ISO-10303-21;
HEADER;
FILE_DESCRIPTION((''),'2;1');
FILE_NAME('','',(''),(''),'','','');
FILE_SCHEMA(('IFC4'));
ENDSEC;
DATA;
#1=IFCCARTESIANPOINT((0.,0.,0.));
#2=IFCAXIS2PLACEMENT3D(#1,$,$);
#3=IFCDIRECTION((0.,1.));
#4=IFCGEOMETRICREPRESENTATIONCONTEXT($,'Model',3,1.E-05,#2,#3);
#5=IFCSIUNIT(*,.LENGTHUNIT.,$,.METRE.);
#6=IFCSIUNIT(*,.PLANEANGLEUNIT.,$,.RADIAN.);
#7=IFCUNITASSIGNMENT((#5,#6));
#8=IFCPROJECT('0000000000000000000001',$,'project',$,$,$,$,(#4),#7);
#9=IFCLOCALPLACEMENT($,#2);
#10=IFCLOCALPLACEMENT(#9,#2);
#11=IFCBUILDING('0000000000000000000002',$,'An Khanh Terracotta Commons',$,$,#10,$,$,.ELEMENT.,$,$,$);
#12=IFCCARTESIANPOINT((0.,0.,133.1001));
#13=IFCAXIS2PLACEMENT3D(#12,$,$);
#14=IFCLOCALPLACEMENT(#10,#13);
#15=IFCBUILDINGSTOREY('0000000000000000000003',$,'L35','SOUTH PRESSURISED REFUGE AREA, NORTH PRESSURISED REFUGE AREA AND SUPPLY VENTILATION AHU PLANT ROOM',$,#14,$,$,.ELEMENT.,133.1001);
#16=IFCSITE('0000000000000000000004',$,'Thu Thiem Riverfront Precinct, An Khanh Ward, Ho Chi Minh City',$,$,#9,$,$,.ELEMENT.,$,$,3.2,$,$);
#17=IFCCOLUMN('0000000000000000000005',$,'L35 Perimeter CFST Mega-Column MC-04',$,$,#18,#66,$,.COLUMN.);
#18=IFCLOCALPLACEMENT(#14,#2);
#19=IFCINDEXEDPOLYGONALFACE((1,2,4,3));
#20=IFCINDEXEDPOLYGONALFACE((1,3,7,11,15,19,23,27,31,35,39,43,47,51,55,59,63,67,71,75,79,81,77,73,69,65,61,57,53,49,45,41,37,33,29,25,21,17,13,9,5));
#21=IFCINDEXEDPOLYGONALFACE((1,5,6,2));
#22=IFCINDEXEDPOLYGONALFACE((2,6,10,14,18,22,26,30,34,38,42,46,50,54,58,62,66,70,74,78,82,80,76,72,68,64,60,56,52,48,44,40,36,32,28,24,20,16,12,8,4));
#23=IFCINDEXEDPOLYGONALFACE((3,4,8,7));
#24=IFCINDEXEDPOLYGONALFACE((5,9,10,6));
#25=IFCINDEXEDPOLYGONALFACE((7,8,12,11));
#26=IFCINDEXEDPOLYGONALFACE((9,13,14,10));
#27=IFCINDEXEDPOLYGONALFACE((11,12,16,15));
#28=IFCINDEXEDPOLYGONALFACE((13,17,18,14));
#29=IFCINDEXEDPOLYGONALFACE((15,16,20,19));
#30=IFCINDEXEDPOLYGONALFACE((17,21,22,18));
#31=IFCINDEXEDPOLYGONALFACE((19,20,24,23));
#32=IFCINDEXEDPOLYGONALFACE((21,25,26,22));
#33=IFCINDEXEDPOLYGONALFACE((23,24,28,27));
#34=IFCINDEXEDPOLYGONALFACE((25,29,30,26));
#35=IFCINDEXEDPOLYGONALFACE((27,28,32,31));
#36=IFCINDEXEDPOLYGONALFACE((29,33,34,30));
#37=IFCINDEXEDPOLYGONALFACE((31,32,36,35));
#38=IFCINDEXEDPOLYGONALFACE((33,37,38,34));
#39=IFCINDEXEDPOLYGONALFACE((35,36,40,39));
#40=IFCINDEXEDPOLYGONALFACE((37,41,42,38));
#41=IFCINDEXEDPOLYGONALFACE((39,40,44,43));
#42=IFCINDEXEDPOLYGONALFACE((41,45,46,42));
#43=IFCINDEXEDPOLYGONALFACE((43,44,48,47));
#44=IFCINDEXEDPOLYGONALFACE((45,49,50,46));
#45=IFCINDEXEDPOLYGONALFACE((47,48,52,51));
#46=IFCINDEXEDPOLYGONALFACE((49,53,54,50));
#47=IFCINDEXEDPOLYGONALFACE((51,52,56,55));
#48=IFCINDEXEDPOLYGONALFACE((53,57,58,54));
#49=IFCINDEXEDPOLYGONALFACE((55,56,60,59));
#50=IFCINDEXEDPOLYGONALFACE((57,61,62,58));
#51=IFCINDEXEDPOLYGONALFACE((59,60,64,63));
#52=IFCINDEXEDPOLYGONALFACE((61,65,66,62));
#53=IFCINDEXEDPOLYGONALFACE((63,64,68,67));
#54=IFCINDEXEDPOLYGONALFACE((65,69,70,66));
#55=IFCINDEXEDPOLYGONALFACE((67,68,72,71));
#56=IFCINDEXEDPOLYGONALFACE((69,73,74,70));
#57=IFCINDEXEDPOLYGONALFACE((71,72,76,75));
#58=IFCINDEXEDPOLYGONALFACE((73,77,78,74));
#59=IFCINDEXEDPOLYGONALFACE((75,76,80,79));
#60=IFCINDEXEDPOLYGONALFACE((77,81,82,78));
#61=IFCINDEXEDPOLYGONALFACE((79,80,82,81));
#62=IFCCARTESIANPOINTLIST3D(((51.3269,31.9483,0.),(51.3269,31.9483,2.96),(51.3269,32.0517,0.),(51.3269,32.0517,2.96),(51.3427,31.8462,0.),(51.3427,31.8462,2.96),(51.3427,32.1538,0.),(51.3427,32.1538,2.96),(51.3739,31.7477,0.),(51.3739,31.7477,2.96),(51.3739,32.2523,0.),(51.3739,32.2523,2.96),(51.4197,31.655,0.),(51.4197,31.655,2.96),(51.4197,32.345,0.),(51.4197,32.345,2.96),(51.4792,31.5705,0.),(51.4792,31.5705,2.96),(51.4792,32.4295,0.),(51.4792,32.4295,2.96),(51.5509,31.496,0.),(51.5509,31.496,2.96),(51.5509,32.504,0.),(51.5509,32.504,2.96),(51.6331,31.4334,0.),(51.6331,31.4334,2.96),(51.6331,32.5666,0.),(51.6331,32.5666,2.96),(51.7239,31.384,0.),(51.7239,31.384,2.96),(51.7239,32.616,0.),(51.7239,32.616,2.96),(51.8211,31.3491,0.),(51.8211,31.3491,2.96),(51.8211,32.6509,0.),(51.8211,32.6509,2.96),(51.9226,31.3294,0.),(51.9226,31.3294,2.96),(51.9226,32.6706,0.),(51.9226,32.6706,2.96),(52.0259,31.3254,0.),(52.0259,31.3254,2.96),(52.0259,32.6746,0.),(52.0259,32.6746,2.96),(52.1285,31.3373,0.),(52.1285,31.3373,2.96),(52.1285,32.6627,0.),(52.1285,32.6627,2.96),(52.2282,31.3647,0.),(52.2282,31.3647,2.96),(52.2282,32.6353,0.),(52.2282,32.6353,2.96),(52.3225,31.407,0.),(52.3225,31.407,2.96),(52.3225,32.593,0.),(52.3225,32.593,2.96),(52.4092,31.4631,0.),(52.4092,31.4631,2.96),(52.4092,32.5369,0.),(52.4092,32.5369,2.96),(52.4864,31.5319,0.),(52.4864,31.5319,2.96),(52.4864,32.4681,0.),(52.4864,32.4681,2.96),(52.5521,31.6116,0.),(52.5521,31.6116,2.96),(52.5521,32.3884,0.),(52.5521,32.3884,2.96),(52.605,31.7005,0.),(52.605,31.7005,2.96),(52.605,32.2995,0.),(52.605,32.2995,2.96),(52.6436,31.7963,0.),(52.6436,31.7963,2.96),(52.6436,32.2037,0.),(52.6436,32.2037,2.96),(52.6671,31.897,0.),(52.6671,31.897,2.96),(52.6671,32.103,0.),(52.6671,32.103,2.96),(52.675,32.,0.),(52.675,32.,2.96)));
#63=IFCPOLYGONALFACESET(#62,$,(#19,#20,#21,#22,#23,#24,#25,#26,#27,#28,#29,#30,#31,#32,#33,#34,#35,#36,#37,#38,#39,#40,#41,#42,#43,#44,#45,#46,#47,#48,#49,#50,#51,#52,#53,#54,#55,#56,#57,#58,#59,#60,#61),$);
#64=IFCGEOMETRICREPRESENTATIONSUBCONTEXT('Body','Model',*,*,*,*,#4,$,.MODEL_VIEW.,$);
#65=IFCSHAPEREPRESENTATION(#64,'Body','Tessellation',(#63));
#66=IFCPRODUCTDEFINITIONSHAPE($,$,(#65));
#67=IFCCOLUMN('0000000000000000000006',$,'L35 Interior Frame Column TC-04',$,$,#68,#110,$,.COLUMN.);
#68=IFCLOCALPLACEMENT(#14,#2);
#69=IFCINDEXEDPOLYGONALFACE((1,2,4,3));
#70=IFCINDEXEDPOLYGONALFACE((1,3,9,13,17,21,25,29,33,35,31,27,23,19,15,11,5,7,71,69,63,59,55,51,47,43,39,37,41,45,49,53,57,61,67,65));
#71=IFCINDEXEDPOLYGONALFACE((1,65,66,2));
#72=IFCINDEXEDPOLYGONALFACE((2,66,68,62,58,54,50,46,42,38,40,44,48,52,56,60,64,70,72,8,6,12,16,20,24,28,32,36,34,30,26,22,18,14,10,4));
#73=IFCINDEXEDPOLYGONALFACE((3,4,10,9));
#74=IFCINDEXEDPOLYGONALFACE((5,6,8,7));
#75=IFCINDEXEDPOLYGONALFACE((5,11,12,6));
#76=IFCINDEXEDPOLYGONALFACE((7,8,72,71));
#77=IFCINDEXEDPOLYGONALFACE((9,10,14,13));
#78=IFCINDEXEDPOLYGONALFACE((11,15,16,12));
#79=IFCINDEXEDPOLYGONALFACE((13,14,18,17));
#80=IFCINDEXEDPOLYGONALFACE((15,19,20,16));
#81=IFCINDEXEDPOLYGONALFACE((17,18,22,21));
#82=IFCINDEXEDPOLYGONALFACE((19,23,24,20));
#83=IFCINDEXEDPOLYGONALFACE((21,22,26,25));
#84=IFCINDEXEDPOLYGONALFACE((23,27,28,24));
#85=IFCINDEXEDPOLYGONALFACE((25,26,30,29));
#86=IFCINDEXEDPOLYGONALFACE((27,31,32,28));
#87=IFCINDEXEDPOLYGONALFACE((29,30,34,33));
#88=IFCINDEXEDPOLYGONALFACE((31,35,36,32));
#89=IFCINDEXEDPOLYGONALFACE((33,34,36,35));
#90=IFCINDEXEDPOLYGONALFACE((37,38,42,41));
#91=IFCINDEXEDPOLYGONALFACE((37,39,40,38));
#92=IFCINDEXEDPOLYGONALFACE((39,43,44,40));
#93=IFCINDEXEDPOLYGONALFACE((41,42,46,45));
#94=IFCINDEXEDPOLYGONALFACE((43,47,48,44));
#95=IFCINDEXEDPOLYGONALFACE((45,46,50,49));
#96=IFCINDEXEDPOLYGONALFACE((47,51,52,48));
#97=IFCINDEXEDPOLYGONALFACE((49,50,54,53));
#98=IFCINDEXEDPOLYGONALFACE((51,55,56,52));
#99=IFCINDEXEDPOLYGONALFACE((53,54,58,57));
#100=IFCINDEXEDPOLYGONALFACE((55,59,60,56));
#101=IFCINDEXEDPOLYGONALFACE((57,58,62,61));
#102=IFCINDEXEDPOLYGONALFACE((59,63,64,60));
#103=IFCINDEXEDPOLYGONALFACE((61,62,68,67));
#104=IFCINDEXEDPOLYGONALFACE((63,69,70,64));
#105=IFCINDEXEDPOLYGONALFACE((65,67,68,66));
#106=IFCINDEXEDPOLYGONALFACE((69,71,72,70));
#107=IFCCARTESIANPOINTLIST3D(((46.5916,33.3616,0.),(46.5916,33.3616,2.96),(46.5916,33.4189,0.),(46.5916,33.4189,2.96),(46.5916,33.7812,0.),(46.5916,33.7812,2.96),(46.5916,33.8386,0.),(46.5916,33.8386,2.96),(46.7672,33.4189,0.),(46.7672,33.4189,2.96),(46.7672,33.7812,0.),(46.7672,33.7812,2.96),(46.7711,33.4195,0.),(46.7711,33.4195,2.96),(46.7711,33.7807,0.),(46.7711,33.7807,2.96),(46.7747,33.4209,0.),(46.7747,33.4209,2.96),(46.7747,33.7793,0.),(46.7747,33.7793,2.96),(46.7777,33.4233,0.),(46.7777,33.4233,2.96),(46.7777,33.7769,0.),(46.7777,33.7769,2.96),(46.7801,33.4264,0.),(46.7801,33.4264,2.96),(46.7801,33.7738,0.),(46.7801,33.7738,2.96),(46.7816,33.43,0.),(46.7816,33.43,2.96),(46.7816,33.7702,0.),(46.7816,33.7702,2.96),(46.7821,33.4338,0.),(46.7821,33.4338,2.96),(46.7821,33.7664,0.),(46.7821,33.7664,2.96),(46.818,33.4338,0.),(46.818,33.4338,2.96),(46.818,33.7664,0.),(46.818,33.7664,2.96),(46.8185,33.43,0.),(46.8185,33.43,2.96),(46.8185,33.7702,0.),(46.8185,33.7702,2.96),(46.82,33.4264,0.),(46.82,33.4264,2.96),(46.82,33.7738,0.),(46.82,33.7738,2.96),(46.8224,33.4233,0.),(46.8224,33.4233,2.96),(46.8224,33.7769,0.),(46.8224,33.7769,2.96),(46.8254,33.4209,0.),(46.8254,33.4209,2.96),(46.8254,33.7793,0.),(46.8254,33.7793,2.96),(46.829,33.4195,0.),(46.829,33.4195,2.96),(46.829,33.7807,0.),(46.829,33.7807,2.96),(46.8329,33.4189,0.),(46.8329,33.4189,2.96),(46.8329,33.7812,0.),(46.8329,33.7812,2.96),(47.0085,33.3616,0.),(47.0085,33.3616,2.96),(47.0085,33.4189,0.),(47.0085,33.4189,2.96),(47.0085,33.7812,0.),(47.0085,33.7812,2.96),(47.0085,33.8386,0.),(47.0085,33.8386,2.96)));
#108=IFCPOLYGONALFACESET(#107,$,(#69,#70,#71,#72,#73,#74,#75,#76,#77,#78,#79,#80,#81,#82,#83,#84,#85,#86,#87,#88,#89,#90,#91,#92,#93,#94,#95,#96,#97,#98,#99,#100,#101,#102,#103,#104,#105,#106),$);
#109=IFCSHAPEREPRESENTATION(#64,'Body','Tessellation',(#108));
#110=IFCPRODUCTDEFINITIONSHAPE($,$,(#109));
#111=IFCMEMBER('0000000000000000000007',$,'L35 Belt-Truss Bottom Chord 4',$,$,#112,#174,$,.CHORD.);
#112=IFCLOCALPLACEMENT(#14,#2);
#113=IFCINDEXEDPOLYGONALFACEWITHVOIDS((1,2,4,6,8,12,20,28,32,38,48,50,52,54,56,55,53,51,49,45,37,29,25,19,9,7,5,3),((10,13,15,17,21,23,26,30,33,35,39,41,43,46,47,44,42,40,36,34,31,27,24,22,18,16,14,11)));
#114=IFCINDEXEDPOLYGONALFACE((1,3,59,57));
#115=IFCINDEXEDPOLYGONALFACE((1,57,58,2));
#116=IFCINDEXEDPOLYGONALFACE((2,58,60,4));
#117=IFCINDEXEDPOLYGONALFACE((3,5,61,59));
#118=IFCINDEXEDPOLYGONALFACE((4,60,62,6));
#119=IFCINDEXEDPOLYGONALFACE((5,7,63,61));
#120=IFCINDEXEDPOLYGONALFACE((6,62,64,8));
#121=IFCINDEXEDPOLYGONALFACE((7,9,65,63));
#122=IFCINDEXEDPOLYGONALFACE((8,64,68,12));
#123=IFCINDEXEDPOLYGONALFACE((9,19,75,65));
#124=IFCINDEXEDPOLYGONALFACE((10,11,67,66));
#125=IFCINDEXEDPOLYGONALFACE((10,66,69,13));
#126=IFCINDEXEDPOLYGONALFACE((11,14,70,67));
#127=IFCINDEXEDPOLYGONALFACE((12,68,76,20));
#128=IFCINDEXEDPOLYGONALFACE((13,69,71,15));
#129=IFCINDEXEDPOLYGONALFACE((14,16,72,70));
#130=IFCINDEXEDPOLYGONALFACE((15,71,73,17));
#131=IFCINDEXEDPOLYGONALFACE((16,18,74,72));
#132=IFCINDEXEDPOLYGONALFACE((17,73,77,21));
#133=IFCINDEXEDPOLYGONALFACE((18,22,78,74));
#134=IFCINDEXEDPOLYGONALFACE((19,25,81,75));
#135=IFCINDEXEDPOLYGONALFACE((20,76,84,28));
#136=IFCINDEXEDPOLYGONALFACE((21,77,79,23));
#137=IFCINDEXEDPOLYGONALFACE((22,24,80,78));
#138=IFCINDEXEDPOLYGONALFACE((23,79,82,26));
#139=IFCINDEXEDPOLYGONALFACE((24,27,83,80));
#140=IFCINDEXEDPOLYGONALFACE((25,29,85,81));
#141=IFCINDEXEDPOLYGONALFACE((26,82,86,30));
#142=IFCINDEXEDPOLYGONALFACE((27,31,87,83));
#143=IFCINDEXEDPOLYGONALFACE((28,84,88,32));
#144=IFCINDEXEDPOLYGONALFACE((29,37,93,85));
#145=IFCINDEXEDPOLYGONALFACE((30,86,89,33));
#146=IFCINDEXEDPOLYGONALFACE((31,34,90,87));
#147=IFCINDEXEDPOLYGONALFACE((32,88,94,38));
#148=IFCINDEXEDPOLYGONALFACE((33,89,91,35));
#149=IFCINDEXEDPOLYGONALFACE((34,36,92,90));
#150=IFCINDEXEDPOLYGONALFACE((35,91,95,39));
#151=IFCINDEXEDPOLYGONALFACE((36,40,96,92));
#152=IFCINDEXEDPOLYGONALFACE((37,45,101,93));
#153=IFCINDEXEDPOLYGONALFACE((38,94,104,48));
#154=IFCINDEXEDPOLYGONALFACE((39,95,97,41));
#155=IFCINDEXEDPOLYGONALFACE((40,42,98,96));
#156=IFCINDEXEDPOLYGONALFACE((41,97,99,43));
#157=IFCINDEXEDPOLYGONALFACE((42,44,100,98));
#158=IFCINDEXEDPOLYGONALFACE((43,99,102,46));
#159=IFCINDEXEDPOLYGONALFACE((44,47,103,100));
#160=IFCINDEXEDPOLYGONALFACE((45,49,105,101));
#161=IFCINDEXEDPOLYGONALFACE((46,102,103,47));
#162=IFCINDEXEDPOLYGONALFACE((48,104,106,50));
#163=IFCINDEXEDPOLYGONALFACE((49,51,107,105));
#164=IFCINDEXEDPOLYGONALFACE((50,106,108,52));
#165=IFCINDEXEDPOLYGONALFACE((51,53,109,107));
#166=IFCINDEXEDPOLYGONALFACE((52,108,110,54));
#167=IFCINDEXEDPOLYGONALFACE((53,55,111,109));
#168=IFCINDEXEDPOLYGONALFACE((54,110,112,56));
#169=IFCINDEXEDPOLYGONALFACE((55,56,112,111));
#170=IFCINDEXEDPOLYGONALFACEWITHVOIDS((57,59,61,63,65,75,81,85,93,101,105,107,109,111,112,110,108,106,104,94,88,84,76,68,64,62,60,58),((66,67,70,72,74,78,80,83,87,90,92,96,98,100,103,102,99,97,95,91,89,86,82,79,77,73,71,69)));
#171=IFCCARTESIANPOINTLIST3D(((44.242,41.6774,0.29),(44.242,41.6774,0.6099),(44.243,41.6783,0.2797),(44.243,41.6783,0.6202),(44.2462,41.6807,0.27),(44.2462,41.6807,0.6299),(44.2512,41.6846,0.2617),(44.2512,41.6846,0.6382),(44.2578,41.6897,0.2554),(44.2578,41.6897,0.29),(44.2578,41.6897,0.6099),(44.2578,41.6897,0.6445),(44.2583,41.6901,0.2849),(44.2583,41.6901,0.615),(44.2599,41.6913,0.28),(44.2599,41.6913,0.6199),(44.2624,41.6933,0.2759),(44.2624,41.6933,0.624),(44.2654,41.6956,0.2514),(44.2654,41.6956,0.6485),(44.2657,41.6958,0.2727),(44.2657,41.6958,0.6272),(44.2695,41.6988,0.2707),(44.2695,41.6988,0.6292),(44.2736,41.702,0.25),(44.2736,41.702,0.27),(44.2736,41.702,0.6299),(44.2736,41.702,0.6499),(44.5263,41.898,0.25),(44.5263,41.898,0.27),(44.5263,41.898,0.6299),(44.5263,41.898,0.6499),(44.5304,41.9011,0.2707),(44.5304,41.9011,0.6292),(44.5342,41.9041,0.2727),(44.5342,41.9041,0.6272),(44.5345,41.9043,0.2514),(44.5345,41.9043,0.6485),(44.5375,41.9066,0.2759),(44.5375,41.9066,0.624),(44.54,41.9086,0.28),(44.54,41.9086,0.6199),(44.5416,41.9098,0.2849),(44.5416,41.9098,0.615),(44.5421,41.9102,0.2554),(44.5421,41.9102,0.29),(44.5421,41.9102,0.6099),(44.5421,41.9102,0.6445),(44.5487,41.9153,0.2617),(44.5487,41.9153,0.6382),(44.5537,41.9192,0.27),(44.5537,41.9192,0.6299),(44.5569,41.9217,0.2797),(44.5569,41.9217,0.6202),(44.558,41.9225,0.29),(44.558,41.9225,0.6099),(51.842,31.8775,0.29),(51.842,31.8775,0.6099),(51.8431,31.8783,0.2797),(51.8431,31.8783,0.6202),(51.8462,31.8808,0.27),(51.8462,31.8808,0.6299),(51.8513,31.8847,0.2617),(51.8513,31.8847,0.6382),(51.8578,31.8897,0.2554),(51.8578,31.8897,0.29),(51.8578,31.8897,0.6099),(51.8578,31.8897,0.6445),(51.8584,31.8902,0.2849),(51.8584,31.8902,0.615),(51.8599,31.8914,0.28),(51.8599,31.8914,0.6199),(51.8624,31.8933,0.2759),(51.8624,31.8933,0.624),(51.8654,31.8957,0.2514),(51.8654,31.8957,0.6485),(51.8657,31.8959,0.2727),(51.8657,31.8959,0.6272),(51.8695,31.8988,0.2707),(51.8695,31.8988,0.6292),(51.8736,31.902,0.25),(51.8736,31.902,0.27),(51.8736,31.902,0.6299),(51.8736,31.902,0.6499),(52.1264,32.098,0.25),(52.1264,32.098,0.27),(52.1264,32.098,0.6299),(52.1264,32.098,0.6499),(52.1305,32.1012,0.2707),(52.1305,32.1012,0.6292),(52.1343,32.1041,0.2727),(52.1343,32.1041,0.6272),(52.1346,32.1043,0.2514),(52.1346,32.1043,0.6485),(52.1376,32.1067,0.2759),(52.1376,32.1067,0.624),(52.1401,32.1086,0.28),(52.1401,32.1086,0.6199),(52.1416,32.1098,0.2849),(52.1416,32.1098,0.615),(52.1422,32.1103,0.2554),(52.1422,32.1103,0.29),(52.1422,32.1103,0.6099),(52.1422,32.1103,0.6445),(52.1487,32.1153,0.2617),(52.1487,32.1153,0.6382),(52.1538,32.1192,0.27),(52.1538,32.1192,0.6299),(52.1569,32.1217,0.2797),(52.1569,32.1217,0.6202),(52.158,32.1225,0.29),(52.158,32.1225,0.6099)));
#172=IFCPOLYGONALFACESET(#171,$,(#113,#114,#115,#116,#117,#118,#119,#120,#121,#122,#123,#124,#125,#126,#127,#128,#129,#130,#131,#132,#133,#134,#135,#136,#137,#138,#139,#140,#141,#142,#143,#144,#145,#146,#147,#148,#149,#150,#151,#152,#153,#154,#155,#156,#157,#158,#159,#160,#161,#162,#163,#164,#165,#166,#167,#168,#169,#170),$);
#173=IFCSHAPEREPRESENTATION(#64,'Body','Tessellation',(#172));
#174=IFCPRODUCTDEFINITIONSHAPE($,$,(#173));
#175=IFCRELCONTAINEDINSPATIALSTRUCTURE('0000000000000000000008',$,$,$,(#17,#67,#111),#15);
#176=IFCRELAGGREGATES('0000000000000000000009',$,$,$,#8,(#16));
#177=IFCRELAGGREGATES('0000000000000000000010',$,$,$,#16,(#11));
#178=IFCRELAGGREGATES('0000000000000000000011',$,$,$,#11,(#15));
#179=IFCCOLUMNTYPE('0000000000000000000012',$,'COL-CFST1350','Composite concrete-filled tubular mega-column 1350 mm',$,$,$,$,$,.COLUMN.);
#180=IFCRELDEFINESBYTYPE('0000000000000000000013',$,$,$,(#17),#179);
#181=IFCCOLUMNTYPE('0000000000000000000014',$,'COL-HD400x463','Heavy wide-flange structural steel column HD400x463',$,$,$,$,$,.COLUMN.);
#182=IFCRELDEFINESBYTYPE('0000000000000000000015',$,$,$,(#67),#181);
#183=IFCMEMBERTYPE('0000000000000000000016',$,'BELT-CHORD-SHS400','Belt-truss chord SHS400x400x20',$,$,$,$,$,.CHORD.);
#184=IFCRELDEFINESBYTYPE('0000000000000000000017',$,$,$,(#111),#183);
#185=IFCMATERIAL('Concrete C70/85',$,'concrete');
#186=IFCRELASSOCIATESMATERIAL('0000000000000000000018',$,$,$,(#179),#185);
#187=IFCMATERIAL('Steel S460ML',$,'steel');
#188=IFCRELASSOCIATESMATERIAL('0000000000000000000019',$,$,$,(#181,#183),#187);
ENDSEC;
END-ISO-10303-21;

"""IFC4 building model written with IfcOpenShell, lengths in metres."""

from ifc_helpers import new_model, si_unit, direction, frame, origin, origin_2d, place, context, subcontext, project, spatial, hollow_rectangle, circle, i_section, extrude, material, material_profile, profile_set, type_object, element, save


model = new_model("IFC4")

# Units and contexts
model_context = context("Model", 3, precision=1e-05, world=origin(), true_north=direction((0.0, 1.0)))
body_context = subcontext(model_context, "Body", "Model", "MODEL_VIEW")
ifc_project = project(units=[si_unit("LENGTHUNIT", "METRE"), si_unit("PLANEANGLEUNIT", "RADIAN")], contexts=[model_context])

# Site, building, storey
site_placement = place(None, origin())
site = spatial("IfcSite", under=ifc_project, at=site_placement, Name="Thu Thiem Riverfront Precinct, An Khanh Ward, Ho Chi Minh City", CompositionType="ELEMENT", RefElevation=3.2)
building_placement = place(site_placement, origin())
building = spatial("IfcBuilding", under=site, at=building_placement, Name="An Khanh Terracotta Commons", CompositionType="ELEMENT")
storey_placement = place(building_placement, frame((0.0, 0.0, 133.1001)))
storey = spatial("IfcBuildingStorey", under=building, at=storey_placement, Name="L35", Description="SOUTH PRESSURISED REFUGE AREA, NORTH PRESSURISED REFUGE AREA AND SUPPLY VENTILATION AHU PLANT ROOM", CompositionType="ELEMENT", Elevation=133.1001)

# Columns
ifc_material_1 = material(Name="Concrete C70/85", Category="concrete")
ifc_material_profile_1 = material_profile(ifc_material_1, circle(Radius=0.675, at=origin_2d()), Name="CFST1350")
ifc_profile_set_1 = profile_set([ifc_material_profile_1], Name="Concrete C70/85")
column_type_1 = type_object("IfcColumnType", Name="COL-CFST1350", Description="Composite concrete-filled tubular mega-column 1350 mm", PredefinedType="COLUMN", material=ifc_profile_set_1)
column_1_placement = place(storey_placement, frame((52.0, 32.0, 0.0), z_axis=(0.0, 0.0, 1.0), x_axis=(1.0, 0.0, 0.0)))
element("IfcColumn", 1, at=column_1_placement, inside=storey, type_object=column_type_1, Name="L35 Perimeter CFST Mega-Column MC-04", PredefinedType="COLUMN", context=body_context, shape_type="SweptSolid", body=[
    extrude(circle(Radius=0.675, at=origin_2d()), origin(), (0.0, 0.0, 1.0), 2.96),
])
ifc_material_2 = material(Name="Steel S460ML", Category="steel")
ifc_material_profile_2 = material_profile(ifc_material_2, i_section(OverallWidth=0.417, OverallDepth=0.4771, WebThickness=0.0359, FlangeThickness=0.0574, FilletRadius=0.0149, at=origin_2d()), Name="HD400x463")
ifc_profile_set_2 = profile_set([ifc_material_profile_2], Name="Steel S460ML")
column_type_2 = type_object("IfcColumnType", Name="COL-HD400x463", Description="Heavy wide-flange structural steel column HD400x463", PredefinedType="COLUMN", material=ifc_profile_set_2)
column_2_placement = place(storey_placement, frame((46.8, 33.6001, 0.0), z_axis=(0.0, 0.0, 1.0), x_axis=(1.0, 0.0, 0.0)))
element("IfcColumn", 2, at=column_2_placement, inside=storey, type_object=column_type_2, Name="L35 Interior Frame Column TC-04", PredefinedType="COLUMN", context=body_context, shape_type="SweptSolid", body=[
    extrude(i_section(OverallWidth=0.417, OverallDepth=0.4771, WebThickness=0.0359, FlangeThickness=0.0574, FilletRadius=0.0149, at=origin_2d()), origin(), (0.0, 0.0, 1.0), 2.96),
])

# Member
ifc_material_profile_3 = material_profile(ifc_material_2, hollow_rectangle(XDim=0.3999, YDim=0.3999, WallThickness=0.02, InnerFilletRadius=0.02, OuterFilletRadius=0.04, at=origin_2d()), Name="SHS400x400x20")
ifc_profile_set_3 = profile_set([ifc_material_profile_3], Name="Steel S460ML")
member_type_1 = type_object("IfcMemberType", Name="BELT-CHORD-SHS400", Description="Belt-truss chord SHS400x400x20", PredefinedType="CHORD", material=ifc_profile_set_3)
for number, where, z_axis, x_axis, name in (
    (3, (52.0, 32.0, 0.45), (-0.612827, 0.790217, 0.0), (-0.790217, -0.612827, 0.0), "L35 Belt-Truss Bottom Chord 4"),
):
    element("IfcMember", number, at=place(storey_placement, frame(where, z_axis=z_axis, x_axis=x_axis)), inside=storey, type_object=member_type_1, Name=name, PredefinedType="CHORD", context=body_context, shape_type="SweptSolid", body=[
        extrude(hollow_rectangle(XDim=0.3999, YDim=0.3999, WallThickness=0.02, InnerFilletRadius=0.02, OuterFilletRadius=0.04, at=origin_2d()), origin(), (0.0, 0.0, 1.0), 12.4016),
    ])

save(model, "model.ifc")
